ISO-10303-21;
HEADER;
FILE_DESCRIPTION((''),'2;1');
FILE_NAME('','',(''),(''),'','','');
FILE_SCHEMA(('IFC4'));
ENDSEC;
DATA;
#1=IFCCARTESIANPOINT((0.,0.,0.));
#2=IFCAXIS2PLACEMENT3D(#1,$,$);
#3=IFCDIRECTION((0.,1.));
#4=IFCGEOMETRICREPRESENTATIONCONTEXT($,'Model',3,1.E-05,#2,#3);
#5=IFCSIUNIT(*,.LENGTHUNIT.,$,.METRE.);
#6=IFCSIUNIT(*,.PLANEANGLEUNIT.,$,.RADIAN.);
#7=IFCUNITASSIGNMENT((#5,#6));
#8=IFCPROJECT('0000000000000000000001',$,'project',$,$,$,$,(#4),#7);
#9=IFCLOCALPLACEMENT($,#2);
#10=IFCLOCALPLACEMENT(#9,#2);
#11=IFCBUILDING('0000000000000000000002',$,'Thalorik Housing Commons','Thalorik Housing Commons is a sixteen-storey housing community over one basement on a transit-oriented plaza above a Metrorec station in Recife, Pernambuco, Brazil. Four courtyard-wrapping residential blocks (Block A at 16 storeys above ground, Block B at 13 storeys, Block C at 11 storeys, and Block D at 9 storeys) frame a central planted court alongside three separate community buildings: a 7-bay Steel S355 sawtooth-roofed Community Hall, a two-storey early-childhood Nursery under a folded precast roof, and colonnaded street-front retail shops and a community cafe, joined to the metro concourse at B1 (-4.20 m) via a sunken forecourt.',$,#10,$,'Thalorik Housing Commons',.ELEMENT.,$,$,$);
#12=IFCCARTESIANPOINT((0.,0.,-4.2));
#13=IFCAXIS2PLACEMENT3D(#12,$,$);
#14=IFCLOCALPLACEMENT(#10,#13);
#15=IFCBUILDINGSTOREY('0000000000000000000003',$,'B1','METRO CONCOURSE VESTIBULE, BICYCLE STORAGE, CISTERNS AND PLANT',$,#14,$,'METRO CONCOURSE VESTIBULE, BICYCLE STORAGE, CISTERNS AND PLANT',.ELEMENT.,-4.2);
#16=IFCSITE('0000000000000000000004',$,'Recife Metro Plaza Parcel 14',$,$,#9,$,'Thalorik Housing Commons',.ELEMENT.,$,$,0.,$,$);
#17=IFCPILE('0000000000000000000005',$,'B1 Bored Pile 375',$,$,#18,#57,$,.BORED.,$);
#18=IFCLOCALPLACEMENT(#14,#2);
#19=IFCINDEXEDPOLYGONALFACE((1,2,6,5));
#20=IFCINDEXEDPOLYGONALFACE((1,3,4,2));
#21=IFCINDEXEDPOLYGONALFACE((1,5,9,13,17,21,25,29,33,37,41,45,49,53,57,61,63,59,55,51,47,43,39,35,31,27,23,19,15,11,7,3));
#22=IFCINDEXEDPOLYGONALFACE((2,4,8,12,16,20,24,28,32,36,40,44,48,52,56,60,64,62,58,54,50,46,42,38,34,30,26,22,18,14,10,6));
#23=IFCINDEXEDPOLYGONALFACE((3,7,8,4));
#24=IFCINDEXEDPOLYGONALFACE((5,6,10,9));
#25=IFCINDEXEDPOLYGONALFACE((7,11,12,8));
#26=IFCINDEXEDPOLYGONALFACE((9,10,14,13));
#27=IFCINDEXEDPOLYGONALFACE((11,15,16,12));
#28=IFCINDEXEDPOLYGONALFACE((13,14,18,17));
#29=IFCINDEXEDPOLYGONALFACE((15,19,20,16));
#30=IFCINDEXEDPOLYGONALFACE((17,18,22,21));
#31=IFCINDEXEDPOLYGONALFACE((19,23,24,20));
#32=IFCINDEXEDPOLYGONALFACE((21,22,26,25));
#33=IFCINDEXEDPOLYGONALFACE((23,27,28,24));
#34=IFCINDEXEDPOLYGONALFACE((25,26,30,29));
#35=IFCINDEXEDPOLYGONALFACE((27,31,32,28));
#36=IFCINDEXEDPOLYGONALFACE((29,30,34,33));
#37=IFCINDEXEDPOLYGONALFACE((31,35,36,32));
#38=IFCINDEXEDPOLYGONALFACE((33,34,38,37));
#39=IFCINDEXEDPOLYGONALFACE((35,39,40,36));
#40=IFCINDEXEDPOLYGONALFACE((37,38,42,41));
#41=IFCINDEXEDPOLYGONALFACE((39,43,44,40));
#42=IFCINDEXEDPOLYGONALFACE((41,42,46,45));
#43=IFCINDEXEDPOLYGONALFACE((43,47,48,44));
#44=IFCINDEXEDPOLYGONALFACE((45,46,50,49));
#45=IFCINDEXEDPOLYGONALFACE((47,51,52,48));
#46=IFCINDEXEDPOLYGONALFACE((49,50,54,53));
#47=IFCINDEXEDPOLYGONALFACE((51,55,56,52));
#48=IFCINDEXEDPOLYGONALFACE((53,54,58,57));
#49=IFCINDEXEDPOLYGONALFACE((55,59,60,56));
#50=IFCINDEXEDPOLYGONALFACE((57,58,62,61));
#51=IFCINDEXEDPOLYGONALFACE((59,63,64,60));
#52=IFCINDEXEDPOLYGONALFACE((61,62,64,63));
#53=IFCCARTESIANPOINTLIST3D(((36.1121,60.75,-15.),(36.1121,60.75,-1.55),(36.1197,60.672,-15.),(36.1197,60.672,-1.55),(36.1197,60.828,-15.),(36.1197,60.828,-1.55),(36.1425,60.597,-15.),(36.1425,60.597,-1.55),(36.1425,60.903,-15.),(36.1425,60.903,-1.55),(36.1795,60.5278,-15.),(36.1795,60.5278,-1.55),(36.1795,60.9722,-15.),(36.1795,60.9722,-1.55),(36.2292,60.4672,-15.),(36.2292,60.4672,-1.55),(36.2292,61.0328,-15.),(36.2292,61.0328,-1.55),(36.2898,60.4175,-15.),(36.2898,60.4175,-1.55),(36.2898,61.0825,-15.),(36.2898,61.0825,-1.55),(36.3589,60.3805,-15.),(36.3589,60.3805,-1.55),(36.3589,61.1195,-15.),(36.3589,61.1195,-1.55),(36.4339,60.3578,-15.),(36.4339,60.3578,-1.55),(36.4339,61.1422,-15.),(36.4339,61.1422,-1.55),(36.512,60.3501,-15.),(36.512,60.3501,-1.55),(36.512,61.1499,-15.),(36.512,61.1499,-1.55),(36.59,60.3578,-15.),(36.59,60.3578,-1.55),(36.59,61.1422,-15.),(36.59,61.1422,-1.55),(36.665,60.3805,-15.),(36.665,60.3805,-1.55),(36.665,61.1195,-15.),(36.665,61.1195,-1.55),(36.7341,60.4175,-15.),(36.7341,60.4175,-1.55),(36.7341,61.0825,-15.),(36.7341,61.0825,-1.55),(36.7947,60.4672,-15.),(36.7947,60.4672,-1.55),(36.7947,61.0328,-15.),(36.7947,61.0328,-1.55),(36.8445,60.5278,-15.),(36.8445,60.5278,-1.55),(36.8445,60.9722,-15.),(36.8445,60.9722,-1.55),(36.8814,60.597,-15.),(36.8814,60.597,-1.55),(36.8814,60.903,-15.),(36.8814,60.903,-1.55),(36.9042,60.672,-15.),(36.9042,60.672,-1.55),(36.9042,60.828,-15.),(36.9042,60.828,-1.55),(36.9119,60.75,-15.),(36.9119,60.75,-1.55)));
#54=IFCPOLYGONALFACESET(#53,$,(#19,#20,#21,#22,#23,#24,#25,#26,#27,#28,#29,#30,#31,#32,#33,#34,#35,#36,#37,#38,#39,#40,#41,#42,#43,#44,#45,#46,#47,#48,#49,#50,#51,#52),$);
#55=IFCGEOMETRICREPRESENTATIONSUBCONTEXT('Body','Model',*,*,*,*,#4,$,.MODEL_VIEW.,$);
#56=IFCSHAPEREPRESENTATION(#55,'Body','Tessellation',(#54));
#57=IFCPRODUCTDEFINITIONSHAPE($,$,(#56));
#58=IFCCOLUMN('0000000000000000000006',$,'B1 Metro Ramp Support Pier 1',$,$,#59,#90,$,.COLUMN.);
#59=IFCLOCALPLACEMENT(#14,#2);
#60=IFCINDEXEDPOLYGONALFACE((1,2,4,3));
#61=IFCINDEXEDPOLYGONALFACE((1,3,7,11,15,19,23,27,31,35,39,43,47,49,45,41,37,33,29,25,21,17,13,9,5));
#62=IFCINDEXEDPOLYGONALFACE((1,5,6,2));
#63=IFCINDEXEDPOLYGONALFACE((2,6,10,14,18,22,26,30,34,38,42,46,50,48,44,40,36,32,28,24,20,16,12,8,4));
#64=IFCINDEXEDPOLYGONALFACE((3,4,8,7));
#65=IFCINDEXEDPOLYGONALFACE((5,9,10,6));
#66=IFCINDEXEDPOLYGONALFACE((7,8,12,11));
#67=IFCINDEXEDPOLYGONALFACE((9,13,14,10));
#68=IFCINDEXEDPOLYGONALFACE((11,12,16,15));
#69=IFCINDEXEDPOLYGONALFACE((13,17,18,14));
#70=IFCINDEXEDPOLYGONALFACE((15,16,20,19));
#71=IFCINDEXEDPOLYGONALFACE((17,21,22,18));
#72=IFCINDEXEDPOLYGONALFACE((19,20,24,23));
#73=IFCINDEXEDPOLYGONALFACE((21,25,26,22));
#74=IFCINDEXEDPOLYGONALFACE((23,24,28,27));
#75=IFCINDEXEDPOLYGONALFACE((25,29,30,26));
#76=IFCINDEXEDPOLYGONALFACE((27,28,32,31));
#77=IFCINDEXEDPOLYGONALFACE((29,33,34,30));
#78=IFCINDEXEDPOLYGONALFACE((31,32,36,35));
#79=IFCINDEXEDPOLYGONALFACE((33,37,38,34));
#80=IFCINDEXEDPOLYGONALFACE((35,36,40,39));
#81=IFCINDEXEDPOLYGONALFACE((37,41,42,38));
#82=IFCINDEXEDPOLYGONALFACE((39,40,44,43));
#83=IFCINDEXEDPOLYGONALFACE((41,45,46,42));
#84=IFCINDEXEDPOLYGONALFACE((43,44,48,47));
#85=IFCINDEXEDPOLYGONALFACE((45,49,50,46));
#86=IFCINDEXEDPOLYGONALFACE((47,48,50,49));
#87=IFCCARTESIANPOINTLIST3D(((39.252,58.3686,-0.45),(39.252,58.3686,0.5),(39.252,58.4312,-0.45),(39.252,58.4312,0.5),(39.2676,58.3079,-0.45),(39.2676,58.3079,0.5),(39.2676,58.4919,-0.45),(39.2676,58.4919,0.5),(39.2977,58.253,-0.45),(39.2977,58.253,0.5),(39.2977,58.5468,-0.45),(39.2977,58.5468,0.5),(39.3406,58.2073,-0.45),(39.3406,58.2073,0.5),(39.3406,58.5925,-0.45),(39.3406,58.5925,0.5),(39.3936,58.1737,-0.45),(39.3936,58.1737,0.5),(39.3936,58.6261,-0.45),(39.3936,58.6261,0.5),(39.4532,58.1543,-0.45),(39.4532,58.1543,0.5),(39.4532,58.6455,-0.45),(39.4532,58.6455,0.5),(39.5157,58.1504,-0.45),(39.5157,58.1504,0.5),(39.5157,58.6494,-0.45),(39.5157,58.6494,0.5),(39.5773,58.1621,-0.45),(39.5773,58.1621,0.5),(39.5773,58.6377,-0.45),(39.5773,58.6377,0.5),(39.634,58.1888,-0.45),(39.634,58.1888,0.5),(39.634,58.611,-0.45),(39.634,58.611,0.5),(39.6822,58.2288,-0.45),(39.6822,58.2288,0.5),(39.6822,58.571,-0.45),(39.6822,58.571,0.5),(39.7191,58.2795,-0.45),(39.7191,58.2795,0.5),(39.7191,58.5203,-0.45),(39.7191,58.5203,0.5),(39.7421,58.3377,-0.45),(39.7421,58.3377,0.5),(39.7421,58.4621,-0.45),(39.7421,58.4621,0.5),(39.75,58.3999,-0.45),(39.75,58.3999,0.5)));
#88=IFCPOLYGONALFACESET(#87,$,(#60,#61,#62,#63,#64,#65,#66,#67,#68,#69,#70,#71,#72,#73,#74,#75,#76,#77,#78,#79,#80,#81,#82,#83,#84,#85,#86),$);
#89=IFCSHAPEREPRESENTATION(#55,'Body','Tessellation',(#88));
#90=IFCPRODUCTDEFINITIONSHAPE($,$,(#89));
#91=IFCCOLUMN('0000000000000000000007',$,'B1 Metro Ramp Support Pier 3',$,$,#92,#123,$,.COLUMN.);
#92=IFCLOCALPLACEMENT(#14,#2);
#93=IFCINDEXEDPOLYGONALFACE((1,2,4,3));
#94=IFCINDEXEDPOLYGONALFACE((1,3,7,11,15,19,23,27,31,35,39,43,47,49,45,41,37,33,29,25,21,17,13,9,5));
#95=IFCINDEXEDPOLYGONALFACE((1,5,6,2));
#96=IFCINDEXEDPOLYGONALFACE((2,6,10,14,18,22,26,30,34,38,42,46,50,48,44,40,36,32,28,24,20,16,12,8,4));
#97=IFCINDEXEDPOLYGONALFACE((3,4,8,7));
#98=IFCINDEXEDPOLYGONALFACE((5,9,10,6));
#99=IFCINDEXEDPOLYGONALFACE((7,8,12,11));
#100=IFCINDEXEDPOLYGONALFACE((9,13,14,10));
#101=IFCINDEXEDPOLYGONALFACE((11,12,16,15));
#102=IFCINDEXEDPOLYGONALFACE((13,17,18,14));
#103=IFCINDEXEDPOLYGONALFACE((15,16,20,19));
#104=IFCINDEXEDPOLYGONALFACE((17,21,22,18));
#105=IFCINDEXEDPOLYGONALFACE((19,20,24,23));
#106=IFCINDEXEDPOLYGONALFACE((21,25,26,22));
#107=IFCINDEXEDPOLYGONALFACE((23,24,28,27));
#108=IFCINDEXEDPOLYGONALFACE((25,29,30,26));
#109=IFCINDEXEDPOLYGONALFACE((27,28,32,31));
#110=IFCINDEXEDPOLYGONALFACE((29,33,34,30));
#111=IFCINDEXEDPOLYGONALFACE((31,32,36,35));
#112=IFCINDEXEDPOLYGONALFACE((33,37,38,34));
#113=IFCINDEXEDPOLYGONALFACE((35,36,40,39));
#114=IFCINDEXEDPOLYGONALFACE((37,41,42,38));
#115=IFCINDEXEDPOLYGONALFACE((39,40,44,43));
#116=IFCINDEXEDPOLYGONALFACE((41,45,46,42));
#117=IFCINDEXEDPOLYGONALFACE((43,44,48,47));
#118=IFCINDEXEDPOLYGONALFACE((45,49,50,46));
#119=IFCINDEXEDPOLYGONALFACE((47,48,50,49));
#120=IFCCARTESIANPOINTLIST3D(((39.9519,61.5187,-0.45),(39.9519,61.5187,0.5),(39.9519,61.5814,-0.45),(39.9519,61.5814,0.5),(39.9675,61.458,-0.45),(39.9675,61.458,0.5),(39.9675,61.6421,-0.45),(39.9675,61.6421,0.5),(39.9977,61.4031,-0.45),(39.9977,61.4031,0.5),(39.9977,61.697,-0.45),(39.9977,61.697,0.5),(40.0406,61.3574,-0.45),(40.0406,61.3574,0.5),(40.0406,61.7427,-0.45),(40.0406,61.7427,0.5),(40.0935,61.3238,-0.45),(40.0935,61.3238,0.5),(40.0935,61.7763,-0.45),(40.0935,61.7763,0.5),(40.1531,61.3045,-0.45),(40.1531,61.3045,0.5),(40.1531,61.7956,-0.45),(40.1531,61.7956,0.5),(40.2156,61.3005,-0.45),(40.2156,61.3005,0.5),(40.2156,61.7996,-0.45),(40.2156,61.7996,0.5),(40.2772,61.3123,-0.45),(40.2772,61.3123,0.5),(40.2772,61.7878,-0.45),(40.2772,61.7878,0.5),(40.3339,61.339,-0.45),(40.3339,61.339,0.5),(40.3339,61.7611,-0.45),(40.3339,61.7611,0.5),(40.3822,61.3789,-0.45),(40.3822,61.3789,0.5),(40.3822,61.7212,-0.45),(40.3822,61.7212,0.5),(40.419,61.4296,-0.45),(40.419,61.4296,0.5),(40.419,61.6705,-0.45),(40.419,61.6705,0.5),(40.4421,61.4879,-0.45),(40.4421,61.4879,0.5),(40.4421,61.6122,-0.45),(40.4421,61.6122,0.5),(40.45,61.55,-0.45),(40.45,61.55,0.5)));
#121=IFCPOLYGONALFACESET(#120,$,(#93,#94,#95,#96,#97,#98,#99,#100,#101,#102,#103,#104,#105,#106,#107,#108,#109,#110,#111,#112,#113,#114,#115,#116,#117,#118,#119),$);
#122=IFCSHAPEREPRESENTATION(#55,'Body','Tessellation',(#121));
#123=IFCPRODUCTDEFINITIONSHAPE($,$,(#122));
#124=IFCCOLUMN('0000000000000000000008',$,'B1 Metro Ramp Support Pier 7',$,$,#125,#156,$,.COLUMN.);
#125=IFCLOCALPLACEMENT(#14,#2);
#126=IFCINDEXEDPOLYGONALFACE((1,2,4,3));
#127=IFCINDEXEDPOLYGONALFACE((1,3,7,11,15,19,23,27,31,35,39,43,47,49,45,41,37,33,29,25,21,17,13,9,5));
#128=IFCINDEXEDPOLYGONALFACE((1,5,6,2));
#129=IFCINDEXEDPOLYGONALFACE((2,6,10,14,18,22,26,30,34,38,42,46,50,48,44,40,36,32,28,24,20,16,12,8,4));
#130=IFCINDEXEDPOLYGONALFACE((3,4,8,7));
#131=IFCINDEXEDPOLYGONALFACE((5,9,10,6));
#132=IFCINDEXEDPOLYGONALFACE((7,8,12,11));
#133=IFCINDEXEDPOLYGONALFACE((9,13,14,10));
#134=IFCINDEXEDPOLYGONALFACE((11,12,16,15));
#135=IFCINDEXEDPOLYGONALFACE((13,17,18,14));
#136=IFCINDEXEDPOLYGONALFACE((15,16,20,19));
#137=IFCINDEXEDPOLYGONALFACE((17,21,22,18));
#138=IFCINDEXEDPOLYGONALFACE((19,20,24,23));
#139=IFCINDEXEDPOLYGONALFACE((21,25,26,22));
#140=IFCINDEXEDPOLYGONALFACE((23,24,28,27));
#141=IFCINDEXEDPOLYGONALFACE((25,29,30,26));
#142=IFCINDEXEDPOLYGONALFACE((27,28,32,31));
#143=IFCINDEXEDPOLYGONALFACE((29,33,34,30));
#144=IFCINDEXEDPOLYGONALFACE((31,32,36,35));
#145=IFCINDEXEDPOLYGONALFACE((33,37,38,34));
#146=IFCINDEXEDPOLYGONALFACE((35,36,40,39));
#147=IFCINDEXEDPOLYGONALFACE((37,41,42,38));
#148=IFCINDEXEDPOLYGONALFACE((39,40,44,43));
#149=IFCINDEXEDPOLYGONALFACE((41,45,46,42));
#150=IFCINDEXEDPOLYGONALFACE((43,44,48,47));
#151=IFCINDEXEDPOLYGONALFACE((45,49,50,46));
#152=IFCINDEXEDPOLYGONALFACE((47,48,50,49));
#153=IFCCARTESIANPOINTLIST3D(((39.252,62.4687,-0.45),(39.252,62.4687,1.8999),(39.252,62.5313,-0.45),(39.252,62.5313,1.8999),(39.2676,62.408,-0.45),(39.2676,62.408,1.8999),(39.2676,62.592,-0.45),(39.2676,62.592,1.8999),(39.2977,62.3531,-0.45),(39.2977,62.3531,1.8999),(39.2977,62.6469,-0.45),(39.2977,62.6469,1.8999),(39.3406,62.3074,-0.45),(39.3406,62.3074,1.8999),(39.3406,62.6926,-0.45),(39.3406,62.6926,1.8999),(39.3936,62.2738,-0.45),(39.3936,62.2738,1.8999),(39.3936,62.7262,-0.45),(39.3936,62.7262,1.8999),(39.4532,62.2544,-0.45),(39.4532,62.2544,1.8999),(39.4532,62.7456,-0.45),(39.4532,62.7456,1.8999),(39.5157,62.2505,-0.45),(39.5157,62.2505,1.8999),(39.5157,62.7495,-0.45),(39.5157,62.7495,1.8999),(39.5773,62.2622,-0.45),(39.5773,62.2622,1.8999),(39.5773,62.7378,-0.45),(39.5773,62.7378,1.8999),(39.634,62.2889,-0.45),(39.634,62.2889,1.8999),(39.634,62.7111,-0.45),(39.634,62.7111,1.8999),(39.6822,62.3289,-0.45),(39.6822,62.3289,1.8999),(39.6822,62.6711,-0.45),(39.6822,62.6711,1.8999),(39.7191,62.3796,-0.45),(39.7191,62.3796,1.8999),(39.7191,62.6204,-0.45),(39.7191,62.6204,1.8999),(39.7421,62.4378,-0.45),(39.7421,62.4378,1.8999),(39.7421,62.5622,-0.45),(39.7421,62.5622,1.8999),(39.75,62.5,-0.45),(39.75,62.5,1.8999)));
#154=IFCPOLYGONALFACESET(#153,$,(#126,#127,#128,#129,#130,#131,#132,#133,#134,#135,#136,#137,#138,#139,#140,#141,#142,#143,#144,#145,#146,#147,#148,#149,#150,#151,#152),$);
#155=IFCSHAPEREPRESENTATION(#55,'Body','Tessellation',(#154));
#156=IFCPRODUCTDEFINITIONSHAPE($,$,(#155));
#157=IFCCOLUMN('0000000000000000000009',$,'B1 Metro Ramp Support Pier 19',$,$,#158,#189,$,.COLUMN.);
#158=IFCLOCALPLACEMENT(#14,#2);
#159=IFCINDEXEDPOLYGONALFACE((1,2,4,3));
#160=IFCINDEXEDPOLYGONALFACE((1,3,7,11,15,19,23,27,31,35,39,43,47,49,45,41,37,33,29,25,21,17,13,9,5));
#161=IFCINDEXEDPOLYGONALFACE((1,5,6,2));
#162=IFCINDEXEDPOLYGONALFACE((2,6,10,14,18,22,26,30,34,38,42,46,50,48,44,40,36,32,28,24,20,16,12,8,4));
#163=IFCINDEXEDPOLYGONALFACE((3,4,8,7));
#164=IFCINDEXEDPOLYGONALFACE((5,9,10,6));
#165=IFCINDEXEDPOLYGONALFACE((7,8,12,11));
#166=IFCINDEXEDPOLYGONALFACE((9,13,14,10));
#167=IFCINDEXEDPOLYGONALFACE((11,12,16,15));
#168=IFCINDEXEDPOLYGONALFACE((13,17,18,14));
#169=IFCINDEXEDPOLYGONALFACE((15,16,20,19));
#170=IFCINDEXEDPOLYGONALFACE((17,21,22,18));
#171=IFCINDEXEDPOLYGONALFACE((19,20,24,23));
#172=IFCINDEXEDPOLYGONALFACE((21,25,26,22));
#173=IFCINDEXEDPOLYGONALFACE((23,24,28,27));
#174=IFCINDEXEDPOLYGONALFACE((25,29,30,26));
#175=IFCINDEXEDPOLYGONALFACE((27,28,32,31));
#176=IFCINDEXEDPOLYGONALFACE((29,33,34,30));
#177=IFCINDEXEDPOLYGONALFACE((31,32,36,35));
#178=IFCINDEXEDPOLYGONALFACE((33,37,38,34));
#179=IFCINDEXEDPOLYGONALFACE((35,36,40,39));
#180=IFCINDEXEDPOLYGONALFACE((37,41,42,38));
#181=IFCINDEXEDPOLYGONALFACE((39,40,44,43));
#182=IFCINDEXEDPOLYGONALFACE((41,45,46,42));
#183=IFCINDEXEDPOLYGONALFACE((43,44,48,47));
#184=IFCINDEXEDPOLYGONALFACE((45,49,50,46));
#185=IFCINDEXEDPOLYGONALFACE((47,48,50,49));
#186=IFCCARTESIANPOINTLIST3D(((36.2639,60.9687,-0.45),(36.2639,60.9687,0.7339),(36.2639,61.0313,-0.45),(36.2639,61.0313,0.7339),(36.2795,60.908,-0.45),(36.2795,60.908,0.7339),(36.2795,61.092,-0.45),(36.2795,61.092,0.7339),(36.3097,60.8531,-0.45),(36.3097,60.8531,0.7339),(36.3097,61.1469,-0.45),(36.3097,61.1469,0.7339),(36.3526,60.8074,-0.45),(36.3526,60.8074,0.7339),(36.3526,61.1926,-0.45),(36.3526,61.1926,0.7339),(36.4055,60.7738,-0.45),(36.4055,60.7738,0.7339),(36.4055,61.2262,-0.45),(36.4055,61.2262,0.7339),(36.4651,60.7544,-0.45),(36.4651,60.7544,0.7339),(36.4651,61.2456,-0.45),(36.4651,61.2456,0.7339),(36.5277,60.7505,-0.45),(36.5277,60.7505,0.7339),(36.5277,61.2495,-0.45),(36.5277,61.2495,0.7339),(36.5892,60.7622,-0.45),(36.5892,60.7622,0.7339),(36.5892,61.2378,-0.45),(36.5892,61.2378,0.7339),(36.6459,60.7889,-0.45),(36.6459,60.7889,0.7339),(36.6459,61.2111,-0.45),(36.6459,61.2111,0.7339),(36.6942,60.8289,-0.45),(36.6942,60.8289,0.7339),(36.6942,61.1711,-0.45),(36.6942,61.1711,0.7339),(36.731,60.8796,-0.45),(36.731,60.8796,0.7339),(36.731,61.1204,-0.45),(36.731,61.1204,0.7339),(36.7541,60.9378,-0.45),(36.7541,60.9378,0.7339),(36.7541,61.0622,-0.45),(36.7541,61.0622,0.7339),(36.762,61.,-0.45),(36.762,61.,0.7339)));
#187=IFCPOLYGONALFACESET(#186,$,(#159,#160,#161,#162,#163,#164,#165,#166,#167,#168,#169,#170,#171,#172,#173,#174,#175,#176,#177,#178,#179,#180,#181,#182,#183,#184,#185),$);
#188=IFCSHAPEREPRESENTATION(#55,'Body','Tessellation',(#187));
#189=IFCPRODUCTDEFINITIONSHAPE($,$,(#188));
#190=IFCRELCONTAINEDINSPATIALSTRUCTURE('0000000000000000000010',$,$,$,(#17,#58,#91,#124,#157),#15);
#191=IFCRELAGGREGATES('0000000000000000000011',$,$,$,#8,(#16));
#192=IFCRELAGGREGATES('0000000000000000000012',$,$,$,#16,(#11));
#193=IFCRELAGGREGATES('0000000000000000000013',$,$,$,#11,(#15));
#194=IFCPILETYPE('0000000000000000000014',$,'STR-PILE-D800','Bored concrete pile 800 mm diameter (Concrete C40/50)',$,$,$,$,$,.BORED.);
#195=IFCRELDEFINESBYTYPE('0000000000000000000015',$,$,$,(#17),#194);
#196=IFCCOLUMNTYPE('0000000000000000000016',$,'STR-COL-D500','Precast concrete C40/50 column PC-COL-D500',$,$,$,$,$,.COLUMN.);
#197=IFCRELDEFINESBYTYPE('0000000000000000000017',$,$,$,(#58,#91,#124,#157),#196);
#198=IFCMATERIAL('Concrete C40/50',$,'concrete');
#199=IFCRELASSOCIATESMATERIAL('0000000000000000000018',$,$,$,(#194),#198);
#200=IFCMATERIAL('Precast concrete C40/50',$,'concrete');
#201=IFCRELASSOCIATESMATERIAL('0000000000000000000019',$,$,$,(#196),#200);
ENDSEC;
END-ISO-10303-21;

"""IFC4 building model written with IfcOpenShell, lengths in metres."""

from ifc_helpers import new_model, si_unit, direction, frame, origin, origin_2d, place, context, subcontext, project, spatial, circle, extrude, material, material_profile, profile_set, type_object, element, save


model = new_model("IFC4")

# Units and contexts
model_context = context("Model", 3, precision=1e-05, world=origin(), true_north=direction((0.0, 1.0)))
body_context = subcontext(model_context, "Body", "Model", "MODEL_VIEW")
ifc_project = project(units=[si_unit("LENGTHUNIT", "METRE"), si_unit("PLANEANGLEUNIT", "RADIAN")], contexts=[model_context])

# Site, building, storey
site_placement = place(None, origin())
site = spatial("IfcSite", under=ifc_project, at=site_placement, Name="Recife Metro Plaza Parcel 14", LongName="Thalorik Housing Commons", CompositionType="ELEMENT", RefElevation=0.0)
building_placement = place(site_placement, origin())
building = spatial("IfcBuilding", under=site, at=building_placement, Name="Thalorik Housing Commons", Description="Thalorik Housing Commons is a sixteen-storey housing community over one basement on a transit-oriented plaza above a Metrorec station in Recife, Pernambuco, Brazil. Four courtyard-wrapping residential blocks (Block A at 16 storeys above ground, Block B at 13 storeys, Block C at 11 storeys, and Block D at 9 storeys) frame a central planted court alongside three separate community buildings: a 7-bay Steel S355 sawtooth-roofed Community Hall, a two-storey early-childhood Nursery under a folded precast roof, and colonnaded street-front retail shops and a community cafe, joined to the metro concourse at B1 (-4.20 m) via a sunken forecourt.", LongName="Thalorik Housing Commons", CompositionType="ELEMENT")
storey_placement = place(building_placement, frame((0.0, 0.0, -4.2)))
storey = spatial("IfcBuildingStorey", under=building, at=storey_placement, Name="B1", Description="METRO CONCOURSE VESTIBULE, BICYCLE STORAGE, CISTERNS AND PLANT", LongName="METRO CONCOURSE VESTIBULE, BICYCLE STORAGE, CISTERNS AND PLANT", CompositionType="ELEMENT", Elevation=-4.2)

# Shared definitions
ifc_material_1 = material(Name="Concrete C40/50", Category="concrete")

# Pile
ifc_material_profile_1 = material_profile(ifc_material_1, circle(Radius=0.3999, at=origin_2d()), Name="BORED PILE D800", Category="concrete")
ifc_profile_set_1 = profile_set([ifc_material_profile_1], Name="Concrete C40/50")
pile_type_1 = type_object("IfcPileType", Name="STR-PILE-D800", Description="Bored concrete pile 800 mm diameter (Concrete C40/50)", PredefinedType="BORED", material=ifc_profile_set_1)
for number, where, z_axis, x_axis, name in (
    (1, (36.512, 60.75, -1.55), (0.0, 0.0, -1.0), (1.0, 0.0, 0.0), "B1 Bored Pile 375"),
):
    element("IfcPile", number, at=place(storey_placement, frame(where, z_axis=z_axis, x_axis=x_axis)), inside=storey, type_object=pile_type_1, Name=name, PredefinedType="BORED", context=body_context, shape_type="SweptSolid", body=[
        extrude(circle(Radius=0.3999, at=origin_2d()), origin(), (0.0, 0.0, 1.0), 13.45),
    ])

# Columns
ifc_material_2 = material(Name="Precast concrete C40/50", Category="concrete")
ifc_material_profile_2 = material_profile(ifc_material_2, circle(Radius=0.25, at=origin_2d()), Name="PC D500", Category="concrete")
ifc_profile_set_2 = profile_set([ifc_material_profile_2], Name="Precast concrete C40/50")
column_type_1 = type_object("IfcColumnType", Name="STR-COL-D500", Description="Precast concrete C40/50 column PC-COL-D500", PredefinedType="COLUMN", material=ifc_profile_set_2)
for number, where, z_axis, x_axis, name in (
    (2, (39.5, 58.3999, -0.45), (0.0, 0.0, 1.0), (1.0, 0.0, 0.0), "B1 Metro Ramp Support Pier 1"),
    (3, (40.2, 61.55, -0.45), (0.0, 0.0, 1.0), (1.0, 0.0, 0.0), "B1 Metro Ramp Support Pier 3"),
):
    element("IfcColumn", number, at=place(storey_placement, frame(where, z_axis=z_axis, x_axis=x_axis)), inside=storey, type_object=column_type_1, Name=name, PredefinedType="COLUMN", context=body_context, shape_type="SweptSolid", body=[
        extrude(circle(Radius=0.25, at=origin_2d()), origin(), (0.0, 0.0, 1.0), 0.95),
    ])
column_1_placement = place(storey_placement, frame((39.5, 62.5, -0.45), z_axis=(0.0, 0.0, 1.0), x_axis=(1.0, 0.0, 0.0)))
element("IfcColumn", 4, at=column_1_placement, inside=storey, type_object=column_type_1, Name="B1 Metro Ramp Support Pier 7", PredefinedType="COLUMN", context=body_context, shape_type="SweptSolid", body=[
    extrude(circle(Radius=0.25, at=origin_2d()), origin(), (0.0, 0.0, 1.0), 2.3499),
])
column_2_placement = place(storey_placement, frame((36.512, 61.0, -0.45), z_axis=(0.0, 0.0, 1.0), x_axis=(1.0, 0.0, 0.0)))
element("IfcColumn", 5, at=column_2_placement, inside=storey, type_object=column_type_1, Name="B1 Metro Ramp Support Pier 19", PredefinedType="COLUMN", context=body_context, shape_type="SweptSolid", body=[
    extrude(circle(Radius=0.25, at=origin_2d()), origin(), (0.0, 0.0, 1.0), 1.1838),
])

save(model, "model.ifc")
